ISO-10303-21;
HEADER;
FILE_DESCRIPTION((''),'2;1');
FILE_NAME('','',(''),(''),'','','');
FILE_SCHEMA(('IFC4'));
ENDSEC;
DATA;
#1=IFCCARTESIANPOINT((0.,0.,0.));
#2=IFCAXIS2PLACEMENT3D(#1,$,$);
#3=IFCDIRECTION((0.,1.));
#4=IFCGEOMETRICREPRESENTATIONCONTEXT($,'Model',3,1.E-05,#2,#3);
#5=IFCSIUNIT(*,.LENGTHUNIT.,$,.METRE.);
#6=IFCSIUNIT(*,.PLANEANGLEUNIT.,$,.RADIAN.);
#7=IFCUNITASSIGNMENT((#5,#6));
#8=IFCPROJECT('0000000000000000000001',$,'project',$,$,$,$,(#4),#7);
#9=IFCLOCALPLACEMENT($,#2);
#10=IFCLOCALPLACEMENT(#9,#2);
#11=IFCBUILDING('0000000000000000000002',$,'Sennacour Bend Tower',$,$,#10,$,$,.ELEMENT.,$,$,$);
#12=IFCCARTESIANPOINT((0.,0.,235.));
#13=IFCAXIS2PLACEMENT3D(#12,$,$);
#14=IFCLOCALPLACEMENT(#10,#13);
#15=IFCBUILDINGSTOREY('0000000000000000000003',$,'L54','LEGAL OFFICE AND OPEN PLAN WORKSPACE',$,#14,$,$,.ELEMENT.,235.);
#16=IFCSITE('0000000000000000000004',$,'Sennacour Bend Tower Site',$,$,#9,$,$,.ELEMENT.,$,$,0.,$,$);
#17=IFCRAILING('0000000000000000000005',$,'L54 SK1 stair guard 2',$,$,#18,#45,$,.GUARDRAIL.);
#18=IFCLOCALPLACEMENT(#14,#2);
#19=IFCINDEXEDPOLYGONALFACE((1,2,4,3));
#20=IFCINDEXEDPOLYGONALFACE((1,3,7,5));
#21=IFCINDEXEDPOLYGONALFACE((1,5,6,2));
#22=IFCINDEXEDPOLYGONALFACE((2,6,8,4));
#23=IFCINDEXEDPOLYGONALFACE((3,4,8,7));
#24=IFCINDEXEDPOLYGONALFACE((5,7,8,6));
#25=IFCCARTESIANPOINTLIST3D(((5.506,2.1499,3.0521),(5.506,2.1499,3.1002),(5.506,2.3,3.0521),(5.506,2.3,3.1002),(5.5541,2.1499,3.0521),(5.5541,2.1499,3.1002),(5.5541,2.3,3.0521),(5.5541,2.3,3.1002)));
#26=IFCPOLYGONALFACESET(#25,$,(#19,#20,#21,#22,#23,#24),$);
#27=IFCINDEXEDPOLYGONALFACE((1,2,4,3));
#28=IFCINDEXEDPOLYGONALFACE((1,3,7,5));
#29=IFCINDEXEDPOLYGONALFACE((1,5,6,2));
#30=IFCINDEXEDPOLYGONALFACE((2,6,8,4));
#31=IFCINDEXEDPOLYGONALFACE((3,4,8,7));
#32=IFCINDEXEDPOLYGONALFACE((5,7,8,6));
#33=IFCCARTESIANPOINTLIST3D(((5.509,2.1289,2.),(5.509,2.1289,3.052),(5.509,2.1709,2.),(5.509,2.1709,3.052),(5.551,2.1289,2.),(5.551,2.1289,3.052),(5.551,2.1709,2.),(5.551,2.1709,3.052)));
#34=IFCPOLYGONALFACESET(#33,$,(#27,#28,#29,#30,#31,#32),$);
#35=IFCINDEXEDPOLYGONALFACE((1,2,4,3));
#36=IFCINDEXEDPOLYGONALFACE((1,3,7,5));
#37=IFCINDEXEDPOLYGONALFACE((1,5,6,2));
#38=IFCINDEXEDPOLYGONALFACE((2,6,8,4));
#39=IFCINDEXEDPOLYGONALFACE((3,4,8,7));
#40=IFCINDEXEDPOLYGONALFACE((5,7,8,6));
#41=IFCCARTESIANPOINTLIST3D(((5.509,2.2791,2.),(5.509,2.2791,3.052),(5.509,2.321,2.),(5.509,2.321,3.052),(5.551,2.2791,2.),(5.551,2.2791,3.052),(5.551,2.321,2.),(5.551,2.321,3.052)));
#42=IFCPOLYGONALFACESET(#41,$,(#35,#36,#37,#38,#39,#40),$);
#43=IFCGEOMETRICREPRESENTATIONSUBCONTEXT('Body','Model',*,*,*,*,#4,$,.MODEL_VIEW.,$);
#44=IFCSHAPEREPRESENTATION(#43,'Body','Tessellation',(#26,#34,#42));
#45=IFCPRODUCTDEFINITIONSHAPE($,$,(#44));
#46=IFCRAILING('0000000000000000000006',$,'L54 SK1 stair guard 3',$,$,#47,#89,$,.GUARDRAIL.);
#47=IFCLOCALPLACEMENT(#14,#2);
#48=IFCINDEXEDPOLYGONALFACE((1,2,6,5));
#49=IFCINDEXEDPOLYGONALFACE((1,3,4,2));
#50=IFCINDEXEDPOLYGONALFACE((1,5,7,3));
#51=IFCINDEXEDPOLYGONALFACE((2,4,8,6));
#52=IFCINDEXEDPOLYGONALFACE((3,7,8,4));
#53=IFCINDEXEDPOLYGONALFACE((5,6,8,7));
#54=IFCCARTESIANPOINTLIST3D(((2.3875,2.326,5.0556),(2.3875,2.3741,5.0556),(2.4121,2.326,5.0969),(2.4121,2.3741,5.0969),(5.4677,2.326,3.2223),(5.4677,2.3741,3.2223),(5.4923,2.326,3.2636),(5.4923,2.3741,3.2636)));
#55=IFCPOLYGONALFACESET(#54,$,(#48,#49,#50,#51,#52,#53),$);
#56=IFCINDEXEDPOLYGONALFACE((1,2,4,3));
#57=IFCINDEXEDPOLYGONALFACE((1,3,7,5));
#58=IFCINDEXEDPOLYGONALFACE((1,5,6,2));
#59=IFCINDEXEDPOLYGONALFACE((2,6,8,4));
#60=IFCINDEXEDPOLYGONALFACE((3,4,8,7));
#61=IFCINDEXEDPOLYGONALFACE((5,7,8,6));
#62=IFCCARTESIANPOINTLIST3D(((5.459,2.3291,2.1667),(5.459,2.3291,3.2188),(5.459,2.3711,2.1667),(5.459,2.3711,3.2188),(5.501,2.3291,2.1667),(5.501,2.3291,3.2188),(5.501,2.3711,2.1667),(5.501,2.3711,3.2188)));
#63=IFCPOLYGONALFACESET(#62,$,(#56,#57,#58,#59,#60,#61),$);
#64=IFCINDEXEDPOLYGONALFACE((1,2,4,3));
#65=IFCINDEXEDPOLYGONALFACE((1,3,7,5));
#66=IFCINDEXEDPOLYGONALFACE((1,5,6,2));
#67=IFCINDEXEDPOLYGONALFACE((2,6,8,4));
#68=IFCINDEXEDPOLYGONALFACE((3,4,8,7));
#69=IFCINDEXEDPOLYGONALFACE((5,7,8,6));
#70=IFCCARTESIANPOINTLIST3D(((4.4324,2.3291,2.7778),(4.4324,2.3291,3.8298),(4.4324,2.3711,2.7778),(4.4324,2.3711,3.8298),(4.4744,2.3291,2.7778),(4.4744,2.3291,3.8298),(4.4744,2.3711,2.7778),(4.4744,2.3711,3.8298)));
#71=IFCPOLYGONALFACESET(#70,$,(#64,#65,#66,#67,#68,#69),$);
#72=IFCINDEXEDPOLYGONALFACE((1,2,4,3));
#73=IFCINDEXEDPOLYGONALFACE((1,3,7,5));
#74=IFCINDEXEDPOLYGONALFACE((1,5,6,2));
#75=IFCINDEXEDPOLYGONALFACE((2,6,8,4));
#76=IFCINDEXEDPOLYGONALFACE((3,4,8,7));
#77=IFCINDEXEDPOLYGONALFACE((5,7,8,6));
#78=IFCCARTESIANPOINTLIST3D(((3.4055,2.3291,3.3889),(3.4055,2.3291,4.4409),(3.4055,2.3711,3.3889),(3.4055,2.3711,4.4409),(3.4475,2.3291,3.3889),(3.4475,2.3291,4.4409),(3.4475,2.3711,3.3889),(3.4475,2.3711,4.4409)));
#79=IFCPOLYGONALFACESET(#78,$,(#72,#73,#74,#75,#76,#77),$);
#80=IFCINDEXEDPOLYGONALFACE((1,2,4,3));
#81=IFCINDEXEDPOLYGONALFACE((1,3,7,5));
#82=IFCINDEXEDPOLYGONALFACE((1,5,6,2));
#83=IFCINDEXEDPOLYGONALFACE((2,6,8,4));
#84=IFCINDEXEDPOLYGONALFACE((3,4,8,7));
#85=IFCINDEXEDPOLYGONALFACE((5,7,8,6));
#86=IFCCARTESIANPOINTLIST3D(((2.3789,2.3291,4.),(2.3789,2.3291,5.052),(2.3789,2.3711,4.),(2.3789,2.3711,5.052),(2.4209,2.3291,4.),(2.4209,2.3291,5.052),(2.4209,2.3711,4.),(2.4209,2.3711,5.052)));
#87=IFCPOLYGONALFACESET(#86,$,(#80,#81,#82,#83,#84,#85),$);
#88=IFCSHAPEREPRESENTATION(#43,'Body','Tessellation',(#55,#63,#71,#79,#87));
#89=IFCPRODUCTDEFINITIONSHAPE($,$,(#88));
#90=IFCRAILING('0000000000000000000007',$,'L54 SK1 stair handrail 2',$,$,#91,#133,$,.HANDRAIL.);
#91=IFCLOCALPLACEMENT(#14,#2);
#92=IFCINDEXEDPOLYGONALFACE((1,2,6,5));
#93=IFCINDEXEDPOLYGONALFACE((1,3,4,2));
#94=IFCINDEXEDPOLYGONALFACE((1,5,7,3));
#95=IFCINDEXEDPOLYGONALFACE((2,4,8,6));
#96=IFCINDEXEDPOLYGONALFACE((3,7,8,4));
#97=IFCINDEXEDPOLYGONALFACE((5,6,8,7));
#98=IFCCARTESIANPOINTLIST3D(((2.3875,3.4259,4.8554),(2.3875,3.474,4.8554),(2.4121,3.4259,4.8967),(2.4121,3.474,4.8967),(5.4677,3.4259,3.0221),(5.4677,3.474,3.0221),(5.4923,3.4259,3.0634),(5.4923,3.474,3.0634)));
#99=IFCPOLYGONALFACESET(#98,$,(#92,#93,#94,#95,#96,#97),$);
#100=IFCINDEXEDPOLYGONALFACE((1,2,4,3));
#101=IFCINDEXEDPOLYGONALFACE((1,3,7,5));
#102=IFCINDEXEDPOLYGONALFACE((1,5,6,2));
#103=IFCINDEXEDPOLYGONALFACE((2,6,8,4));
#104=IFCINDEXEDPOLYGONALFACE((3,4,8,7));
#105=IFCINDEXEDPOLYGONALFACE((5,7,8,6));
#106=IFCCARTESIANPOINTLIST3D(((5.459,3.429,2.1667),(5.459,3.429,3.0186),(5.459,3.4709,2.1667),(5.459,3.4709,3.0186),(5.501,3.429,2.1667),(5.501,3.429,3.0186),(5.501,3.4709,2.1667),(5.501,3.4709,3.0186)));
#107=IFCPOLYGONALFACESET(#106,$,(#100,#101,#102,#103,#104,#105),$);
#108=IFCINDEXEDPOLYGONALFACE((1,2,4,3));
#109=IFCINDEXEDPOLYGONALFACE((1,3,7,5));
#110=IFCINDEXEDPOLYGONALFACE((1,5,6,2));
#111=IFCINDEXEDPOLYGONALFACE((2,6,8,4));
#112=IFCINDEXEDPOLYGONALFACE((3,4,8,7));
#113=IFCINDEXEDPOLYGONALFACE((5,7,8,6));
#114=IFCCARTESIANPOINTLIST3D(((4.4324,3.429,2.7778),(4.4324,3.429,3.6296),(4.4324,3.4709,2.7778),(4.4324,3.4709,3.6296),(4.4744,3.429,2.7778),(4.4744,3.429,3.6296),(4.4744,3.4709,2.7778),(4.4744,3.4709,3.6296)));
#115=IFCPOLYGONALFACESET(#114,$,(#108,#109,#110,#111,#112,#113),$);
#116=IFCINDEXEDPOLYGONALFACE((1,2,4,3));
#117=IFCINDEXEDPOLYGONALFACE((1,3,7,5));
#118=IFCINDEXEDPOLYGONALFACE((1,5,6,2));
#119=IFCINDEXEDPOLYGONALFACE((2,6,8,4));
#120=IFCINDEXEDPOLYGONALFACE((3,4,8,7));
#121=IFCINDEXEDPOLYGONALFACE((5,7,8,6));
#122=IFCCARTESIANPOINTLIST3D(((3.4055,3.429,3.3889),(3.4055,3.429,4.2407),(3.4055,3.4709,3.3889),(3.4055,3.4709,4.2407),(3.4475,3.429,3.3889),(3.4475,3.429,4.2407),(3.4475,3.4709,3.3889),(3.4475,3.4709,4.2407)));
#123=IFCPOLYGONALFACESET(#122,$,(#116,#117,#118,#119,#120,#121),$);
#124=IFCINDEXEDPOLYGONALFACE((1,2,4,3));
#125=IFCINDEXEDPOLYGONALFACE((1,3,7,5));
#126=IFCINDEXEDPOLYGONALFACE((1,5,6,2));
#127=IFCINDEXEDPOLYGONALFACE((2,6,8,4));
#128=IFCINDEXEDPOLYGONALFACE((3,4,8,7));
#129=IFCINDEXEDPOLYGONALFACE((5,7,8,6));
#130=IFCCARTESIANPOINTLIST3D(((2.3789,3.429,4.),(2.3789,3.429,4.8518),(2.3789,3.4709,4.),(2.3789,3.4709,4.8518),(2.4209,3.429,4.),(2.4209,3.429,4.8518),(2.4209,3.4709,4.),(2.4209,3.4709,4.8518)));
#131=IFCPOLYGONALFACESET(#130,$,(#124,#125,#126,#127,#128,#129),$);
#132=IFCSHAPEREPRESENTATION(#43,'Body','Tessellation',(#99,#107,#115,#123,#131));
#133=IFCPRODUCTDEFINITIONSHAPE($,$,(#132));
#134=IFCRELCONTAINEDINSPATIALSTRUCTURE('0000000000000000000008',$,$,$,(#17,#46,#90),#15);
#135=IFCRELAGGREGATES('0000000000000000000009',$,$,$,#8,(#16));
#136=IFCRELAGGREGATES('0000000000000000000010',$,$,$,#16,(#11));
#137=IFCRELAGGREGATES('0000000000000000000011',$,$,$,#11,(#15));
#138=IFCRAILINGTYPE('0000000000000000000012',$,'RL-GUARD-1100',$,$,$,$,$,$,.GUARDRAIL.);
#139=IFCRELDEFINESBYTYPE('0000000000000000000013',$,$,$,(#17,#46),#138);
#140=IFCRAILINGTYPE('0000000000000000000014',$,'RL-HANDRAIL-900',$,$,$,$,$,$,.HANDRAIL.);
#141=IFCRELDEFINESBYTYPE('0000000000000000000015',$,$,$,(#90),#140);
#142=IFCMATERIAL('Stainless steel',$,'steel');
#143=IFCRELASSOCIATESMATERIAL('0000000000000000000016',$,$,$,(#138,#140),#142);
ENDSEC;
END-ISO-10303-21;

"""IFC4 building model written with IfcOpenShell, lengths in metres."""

from ifc_helpers import new_model, si_unit, direction, frame, origin, origin_2d, place, context, subcontext, project, spatial, rectangle, extrude, material, type_object, element, save


model = new_model("IFC4")

# Units and contexts
model_context = context("Model", 3, precision=1e-05, world=origin(), true_north=direction((0.0, 1.0)))
body_context = subcontext(model_context, "Body", "Model", "MODEL_VIEW")
ifc_project = project(units=[si_unit("LENGTHUNIT", "METRE"), si_unit("PLANEANGLEUNIT", "RADIAN")], contexts=[model_context])

# Site, building, storey
site_placement = place(None, origin())
site = spatial("IfcSite", under=ifc_project, at=site_placement, Name="Sennacour Bend Tower Site", CompositionType="ELEMENT", RefElevation=0.0)
building_placement = place(site_placement, origin())
building = spatial("IfcBuilding", under=site, at=building_placement, Name="Sennacour Bend Tower", CompositionType="ELEMENT")
storey_placement = place(building_placement, frame((0.0, 0.0, 235.0)))
storey = spatial("IfcBuildingStorey", under=building, at=storey_placement, Name="L54", Description="LEGAL OFFICE AND OPEN PLAN WORKSPACE", CompositionType="ELEMENT", Elevation=235.0)

# Railings
ifc_material_1 = material(Name="Stainless steel", Category="steel")
railing_type_1 = type_object("IfcRailingType", Name="RL-GUARD-1100", PredefinedType="GUARDRAIL", material=ifc_material_1)
railing_1_placement = place(storey_placement, frame((5.53, 2.1499, 2.0)))
element("IfcRailing", 1, at=railing_1_placement, inside=storey, type_object=railing_type_1, Name="L54 SK1 stair guard 2", PredefinedType="GUARDRAIL", context=body_context, shape_type="SweptSolid", body=[
    extrude(rectangle(XDim=0.0481, YDim=0.0481, at=origin_2d()), frame((0.0, 0.0, 1.0762), z_axis=(0.0, 1.0, 0.0), x_axis=(-1.0, 0.0, 0.0)), (0.0, 0.0, 1.0), 0.1501),
    extrude(rectangle(XDim=0.042, YDim=0.042, at=origin_2d()), origin(), (0.0, 0.0, 1.0), 1.052),
    extrude(rectangle(XDim=0.042, YDim=0.042, at=origin_2d()), frame((0.0, 0.1501, 0.0)), (0.0, 0.0, 1.0), 1.052),
])
railing_2_placement = place(storey_placement, frame((5.48, 2.3501, 2.1667)))
element("IfcRailing", 2, at=railing_2_placement, inside=storey, type_object=railing_type_1, Name="L54 SK1 stair guard 3", PredefinedType="GUARDRAIL", context=body_context, shape_type="SweptSolid", body=[
    extrude(rectangle(XDim=0.0481, YDim=0.0481, at=origin_2d()), frame((0.0, 0.0, 1.0762), z_axis=(-0.859309, 0.0, 0.511458), x_axis=(0.0, -1.0, 0.0)), (0.0, 0.0, 1.0), 3.5845),
    extrude(rectangle(XDim=0.042, YDim=0.042, at=origin_2d()), origin(), (0.0, 0.0, 1.0), 1.052),
    extrude(rectangle(XDim=0.042, YDim=0.042, at=origin_2d()), frame((-1.0266, 0.0, 0.6111)), (0.0, 0.0, 1.0), 1.052),
    extrude(rectangle(XDim=0.042, YDim=0.042, at=origin_2d()), frame((-2.0535, 0.0, 1.2222)), (0.0, 0.0, 1.0), 1.052),
    extrude(rectangle(XDim=0.042, YDim=0.042, at=origin_2d()), frame((-3.0801, 0.0, 1.8333)), (0.0, 0.0, 1.0), 1.052),
])
railing_type_2 = type_object("IfcRailingType", Name="RL-HANDRAIL-900", PredefinedType="HANDRAIL", material=ifc_material_1)
railing_3_placement = place(storey_placement, frame((5.48, 3.45, 2.1667)))
element("IfcRailing", 3, at=railing_3_placement, inside=storey, type_object=railing_type_2, Name="L54 SK1 stair handrail 2", PredefinedType="HANDRAIL", context=body_context, shape_type="SweptSolid", body=[
    extrude(rectangle(XDim=0.0481, YDim=0.0481, at=origin_2d()), frame((0.0, 0.0, 0.876), z_axis=(-0.859309, 0.0, 0.511458), x_axis=(0.0, -1.0, 0.0)), (0.0, 0.0, 1.0), 3.5845),
    extrude(rectangle(XDim=0.042, YDim=0.042, at=origin_2d()), origin(), (0.0, 0.0, 1.0), 0.8518),
    extrude(rectangle(XDim=0.042, YDim=0.042, at=origin_2d()), frame((-1.0266, 0.0, 0.6111)), (0.0, 0.0, 1.0), 0.8518),
    extrude(rectangle(XDim=0.042, YDim=0.042, at=origin_2d()), frame((-2.0535, 0.0, 1.2222)), (0.0, 0.0, 1.0), 0.8518),
    extrude(rectangle(XDim=0.042, YDim=0.042, at=origin_2d()), frame((-3.0801, 0.0, 1.8333)), (0.0, 0.0, 1.0), 0.8518),
])

save(model, "model.ifc")
